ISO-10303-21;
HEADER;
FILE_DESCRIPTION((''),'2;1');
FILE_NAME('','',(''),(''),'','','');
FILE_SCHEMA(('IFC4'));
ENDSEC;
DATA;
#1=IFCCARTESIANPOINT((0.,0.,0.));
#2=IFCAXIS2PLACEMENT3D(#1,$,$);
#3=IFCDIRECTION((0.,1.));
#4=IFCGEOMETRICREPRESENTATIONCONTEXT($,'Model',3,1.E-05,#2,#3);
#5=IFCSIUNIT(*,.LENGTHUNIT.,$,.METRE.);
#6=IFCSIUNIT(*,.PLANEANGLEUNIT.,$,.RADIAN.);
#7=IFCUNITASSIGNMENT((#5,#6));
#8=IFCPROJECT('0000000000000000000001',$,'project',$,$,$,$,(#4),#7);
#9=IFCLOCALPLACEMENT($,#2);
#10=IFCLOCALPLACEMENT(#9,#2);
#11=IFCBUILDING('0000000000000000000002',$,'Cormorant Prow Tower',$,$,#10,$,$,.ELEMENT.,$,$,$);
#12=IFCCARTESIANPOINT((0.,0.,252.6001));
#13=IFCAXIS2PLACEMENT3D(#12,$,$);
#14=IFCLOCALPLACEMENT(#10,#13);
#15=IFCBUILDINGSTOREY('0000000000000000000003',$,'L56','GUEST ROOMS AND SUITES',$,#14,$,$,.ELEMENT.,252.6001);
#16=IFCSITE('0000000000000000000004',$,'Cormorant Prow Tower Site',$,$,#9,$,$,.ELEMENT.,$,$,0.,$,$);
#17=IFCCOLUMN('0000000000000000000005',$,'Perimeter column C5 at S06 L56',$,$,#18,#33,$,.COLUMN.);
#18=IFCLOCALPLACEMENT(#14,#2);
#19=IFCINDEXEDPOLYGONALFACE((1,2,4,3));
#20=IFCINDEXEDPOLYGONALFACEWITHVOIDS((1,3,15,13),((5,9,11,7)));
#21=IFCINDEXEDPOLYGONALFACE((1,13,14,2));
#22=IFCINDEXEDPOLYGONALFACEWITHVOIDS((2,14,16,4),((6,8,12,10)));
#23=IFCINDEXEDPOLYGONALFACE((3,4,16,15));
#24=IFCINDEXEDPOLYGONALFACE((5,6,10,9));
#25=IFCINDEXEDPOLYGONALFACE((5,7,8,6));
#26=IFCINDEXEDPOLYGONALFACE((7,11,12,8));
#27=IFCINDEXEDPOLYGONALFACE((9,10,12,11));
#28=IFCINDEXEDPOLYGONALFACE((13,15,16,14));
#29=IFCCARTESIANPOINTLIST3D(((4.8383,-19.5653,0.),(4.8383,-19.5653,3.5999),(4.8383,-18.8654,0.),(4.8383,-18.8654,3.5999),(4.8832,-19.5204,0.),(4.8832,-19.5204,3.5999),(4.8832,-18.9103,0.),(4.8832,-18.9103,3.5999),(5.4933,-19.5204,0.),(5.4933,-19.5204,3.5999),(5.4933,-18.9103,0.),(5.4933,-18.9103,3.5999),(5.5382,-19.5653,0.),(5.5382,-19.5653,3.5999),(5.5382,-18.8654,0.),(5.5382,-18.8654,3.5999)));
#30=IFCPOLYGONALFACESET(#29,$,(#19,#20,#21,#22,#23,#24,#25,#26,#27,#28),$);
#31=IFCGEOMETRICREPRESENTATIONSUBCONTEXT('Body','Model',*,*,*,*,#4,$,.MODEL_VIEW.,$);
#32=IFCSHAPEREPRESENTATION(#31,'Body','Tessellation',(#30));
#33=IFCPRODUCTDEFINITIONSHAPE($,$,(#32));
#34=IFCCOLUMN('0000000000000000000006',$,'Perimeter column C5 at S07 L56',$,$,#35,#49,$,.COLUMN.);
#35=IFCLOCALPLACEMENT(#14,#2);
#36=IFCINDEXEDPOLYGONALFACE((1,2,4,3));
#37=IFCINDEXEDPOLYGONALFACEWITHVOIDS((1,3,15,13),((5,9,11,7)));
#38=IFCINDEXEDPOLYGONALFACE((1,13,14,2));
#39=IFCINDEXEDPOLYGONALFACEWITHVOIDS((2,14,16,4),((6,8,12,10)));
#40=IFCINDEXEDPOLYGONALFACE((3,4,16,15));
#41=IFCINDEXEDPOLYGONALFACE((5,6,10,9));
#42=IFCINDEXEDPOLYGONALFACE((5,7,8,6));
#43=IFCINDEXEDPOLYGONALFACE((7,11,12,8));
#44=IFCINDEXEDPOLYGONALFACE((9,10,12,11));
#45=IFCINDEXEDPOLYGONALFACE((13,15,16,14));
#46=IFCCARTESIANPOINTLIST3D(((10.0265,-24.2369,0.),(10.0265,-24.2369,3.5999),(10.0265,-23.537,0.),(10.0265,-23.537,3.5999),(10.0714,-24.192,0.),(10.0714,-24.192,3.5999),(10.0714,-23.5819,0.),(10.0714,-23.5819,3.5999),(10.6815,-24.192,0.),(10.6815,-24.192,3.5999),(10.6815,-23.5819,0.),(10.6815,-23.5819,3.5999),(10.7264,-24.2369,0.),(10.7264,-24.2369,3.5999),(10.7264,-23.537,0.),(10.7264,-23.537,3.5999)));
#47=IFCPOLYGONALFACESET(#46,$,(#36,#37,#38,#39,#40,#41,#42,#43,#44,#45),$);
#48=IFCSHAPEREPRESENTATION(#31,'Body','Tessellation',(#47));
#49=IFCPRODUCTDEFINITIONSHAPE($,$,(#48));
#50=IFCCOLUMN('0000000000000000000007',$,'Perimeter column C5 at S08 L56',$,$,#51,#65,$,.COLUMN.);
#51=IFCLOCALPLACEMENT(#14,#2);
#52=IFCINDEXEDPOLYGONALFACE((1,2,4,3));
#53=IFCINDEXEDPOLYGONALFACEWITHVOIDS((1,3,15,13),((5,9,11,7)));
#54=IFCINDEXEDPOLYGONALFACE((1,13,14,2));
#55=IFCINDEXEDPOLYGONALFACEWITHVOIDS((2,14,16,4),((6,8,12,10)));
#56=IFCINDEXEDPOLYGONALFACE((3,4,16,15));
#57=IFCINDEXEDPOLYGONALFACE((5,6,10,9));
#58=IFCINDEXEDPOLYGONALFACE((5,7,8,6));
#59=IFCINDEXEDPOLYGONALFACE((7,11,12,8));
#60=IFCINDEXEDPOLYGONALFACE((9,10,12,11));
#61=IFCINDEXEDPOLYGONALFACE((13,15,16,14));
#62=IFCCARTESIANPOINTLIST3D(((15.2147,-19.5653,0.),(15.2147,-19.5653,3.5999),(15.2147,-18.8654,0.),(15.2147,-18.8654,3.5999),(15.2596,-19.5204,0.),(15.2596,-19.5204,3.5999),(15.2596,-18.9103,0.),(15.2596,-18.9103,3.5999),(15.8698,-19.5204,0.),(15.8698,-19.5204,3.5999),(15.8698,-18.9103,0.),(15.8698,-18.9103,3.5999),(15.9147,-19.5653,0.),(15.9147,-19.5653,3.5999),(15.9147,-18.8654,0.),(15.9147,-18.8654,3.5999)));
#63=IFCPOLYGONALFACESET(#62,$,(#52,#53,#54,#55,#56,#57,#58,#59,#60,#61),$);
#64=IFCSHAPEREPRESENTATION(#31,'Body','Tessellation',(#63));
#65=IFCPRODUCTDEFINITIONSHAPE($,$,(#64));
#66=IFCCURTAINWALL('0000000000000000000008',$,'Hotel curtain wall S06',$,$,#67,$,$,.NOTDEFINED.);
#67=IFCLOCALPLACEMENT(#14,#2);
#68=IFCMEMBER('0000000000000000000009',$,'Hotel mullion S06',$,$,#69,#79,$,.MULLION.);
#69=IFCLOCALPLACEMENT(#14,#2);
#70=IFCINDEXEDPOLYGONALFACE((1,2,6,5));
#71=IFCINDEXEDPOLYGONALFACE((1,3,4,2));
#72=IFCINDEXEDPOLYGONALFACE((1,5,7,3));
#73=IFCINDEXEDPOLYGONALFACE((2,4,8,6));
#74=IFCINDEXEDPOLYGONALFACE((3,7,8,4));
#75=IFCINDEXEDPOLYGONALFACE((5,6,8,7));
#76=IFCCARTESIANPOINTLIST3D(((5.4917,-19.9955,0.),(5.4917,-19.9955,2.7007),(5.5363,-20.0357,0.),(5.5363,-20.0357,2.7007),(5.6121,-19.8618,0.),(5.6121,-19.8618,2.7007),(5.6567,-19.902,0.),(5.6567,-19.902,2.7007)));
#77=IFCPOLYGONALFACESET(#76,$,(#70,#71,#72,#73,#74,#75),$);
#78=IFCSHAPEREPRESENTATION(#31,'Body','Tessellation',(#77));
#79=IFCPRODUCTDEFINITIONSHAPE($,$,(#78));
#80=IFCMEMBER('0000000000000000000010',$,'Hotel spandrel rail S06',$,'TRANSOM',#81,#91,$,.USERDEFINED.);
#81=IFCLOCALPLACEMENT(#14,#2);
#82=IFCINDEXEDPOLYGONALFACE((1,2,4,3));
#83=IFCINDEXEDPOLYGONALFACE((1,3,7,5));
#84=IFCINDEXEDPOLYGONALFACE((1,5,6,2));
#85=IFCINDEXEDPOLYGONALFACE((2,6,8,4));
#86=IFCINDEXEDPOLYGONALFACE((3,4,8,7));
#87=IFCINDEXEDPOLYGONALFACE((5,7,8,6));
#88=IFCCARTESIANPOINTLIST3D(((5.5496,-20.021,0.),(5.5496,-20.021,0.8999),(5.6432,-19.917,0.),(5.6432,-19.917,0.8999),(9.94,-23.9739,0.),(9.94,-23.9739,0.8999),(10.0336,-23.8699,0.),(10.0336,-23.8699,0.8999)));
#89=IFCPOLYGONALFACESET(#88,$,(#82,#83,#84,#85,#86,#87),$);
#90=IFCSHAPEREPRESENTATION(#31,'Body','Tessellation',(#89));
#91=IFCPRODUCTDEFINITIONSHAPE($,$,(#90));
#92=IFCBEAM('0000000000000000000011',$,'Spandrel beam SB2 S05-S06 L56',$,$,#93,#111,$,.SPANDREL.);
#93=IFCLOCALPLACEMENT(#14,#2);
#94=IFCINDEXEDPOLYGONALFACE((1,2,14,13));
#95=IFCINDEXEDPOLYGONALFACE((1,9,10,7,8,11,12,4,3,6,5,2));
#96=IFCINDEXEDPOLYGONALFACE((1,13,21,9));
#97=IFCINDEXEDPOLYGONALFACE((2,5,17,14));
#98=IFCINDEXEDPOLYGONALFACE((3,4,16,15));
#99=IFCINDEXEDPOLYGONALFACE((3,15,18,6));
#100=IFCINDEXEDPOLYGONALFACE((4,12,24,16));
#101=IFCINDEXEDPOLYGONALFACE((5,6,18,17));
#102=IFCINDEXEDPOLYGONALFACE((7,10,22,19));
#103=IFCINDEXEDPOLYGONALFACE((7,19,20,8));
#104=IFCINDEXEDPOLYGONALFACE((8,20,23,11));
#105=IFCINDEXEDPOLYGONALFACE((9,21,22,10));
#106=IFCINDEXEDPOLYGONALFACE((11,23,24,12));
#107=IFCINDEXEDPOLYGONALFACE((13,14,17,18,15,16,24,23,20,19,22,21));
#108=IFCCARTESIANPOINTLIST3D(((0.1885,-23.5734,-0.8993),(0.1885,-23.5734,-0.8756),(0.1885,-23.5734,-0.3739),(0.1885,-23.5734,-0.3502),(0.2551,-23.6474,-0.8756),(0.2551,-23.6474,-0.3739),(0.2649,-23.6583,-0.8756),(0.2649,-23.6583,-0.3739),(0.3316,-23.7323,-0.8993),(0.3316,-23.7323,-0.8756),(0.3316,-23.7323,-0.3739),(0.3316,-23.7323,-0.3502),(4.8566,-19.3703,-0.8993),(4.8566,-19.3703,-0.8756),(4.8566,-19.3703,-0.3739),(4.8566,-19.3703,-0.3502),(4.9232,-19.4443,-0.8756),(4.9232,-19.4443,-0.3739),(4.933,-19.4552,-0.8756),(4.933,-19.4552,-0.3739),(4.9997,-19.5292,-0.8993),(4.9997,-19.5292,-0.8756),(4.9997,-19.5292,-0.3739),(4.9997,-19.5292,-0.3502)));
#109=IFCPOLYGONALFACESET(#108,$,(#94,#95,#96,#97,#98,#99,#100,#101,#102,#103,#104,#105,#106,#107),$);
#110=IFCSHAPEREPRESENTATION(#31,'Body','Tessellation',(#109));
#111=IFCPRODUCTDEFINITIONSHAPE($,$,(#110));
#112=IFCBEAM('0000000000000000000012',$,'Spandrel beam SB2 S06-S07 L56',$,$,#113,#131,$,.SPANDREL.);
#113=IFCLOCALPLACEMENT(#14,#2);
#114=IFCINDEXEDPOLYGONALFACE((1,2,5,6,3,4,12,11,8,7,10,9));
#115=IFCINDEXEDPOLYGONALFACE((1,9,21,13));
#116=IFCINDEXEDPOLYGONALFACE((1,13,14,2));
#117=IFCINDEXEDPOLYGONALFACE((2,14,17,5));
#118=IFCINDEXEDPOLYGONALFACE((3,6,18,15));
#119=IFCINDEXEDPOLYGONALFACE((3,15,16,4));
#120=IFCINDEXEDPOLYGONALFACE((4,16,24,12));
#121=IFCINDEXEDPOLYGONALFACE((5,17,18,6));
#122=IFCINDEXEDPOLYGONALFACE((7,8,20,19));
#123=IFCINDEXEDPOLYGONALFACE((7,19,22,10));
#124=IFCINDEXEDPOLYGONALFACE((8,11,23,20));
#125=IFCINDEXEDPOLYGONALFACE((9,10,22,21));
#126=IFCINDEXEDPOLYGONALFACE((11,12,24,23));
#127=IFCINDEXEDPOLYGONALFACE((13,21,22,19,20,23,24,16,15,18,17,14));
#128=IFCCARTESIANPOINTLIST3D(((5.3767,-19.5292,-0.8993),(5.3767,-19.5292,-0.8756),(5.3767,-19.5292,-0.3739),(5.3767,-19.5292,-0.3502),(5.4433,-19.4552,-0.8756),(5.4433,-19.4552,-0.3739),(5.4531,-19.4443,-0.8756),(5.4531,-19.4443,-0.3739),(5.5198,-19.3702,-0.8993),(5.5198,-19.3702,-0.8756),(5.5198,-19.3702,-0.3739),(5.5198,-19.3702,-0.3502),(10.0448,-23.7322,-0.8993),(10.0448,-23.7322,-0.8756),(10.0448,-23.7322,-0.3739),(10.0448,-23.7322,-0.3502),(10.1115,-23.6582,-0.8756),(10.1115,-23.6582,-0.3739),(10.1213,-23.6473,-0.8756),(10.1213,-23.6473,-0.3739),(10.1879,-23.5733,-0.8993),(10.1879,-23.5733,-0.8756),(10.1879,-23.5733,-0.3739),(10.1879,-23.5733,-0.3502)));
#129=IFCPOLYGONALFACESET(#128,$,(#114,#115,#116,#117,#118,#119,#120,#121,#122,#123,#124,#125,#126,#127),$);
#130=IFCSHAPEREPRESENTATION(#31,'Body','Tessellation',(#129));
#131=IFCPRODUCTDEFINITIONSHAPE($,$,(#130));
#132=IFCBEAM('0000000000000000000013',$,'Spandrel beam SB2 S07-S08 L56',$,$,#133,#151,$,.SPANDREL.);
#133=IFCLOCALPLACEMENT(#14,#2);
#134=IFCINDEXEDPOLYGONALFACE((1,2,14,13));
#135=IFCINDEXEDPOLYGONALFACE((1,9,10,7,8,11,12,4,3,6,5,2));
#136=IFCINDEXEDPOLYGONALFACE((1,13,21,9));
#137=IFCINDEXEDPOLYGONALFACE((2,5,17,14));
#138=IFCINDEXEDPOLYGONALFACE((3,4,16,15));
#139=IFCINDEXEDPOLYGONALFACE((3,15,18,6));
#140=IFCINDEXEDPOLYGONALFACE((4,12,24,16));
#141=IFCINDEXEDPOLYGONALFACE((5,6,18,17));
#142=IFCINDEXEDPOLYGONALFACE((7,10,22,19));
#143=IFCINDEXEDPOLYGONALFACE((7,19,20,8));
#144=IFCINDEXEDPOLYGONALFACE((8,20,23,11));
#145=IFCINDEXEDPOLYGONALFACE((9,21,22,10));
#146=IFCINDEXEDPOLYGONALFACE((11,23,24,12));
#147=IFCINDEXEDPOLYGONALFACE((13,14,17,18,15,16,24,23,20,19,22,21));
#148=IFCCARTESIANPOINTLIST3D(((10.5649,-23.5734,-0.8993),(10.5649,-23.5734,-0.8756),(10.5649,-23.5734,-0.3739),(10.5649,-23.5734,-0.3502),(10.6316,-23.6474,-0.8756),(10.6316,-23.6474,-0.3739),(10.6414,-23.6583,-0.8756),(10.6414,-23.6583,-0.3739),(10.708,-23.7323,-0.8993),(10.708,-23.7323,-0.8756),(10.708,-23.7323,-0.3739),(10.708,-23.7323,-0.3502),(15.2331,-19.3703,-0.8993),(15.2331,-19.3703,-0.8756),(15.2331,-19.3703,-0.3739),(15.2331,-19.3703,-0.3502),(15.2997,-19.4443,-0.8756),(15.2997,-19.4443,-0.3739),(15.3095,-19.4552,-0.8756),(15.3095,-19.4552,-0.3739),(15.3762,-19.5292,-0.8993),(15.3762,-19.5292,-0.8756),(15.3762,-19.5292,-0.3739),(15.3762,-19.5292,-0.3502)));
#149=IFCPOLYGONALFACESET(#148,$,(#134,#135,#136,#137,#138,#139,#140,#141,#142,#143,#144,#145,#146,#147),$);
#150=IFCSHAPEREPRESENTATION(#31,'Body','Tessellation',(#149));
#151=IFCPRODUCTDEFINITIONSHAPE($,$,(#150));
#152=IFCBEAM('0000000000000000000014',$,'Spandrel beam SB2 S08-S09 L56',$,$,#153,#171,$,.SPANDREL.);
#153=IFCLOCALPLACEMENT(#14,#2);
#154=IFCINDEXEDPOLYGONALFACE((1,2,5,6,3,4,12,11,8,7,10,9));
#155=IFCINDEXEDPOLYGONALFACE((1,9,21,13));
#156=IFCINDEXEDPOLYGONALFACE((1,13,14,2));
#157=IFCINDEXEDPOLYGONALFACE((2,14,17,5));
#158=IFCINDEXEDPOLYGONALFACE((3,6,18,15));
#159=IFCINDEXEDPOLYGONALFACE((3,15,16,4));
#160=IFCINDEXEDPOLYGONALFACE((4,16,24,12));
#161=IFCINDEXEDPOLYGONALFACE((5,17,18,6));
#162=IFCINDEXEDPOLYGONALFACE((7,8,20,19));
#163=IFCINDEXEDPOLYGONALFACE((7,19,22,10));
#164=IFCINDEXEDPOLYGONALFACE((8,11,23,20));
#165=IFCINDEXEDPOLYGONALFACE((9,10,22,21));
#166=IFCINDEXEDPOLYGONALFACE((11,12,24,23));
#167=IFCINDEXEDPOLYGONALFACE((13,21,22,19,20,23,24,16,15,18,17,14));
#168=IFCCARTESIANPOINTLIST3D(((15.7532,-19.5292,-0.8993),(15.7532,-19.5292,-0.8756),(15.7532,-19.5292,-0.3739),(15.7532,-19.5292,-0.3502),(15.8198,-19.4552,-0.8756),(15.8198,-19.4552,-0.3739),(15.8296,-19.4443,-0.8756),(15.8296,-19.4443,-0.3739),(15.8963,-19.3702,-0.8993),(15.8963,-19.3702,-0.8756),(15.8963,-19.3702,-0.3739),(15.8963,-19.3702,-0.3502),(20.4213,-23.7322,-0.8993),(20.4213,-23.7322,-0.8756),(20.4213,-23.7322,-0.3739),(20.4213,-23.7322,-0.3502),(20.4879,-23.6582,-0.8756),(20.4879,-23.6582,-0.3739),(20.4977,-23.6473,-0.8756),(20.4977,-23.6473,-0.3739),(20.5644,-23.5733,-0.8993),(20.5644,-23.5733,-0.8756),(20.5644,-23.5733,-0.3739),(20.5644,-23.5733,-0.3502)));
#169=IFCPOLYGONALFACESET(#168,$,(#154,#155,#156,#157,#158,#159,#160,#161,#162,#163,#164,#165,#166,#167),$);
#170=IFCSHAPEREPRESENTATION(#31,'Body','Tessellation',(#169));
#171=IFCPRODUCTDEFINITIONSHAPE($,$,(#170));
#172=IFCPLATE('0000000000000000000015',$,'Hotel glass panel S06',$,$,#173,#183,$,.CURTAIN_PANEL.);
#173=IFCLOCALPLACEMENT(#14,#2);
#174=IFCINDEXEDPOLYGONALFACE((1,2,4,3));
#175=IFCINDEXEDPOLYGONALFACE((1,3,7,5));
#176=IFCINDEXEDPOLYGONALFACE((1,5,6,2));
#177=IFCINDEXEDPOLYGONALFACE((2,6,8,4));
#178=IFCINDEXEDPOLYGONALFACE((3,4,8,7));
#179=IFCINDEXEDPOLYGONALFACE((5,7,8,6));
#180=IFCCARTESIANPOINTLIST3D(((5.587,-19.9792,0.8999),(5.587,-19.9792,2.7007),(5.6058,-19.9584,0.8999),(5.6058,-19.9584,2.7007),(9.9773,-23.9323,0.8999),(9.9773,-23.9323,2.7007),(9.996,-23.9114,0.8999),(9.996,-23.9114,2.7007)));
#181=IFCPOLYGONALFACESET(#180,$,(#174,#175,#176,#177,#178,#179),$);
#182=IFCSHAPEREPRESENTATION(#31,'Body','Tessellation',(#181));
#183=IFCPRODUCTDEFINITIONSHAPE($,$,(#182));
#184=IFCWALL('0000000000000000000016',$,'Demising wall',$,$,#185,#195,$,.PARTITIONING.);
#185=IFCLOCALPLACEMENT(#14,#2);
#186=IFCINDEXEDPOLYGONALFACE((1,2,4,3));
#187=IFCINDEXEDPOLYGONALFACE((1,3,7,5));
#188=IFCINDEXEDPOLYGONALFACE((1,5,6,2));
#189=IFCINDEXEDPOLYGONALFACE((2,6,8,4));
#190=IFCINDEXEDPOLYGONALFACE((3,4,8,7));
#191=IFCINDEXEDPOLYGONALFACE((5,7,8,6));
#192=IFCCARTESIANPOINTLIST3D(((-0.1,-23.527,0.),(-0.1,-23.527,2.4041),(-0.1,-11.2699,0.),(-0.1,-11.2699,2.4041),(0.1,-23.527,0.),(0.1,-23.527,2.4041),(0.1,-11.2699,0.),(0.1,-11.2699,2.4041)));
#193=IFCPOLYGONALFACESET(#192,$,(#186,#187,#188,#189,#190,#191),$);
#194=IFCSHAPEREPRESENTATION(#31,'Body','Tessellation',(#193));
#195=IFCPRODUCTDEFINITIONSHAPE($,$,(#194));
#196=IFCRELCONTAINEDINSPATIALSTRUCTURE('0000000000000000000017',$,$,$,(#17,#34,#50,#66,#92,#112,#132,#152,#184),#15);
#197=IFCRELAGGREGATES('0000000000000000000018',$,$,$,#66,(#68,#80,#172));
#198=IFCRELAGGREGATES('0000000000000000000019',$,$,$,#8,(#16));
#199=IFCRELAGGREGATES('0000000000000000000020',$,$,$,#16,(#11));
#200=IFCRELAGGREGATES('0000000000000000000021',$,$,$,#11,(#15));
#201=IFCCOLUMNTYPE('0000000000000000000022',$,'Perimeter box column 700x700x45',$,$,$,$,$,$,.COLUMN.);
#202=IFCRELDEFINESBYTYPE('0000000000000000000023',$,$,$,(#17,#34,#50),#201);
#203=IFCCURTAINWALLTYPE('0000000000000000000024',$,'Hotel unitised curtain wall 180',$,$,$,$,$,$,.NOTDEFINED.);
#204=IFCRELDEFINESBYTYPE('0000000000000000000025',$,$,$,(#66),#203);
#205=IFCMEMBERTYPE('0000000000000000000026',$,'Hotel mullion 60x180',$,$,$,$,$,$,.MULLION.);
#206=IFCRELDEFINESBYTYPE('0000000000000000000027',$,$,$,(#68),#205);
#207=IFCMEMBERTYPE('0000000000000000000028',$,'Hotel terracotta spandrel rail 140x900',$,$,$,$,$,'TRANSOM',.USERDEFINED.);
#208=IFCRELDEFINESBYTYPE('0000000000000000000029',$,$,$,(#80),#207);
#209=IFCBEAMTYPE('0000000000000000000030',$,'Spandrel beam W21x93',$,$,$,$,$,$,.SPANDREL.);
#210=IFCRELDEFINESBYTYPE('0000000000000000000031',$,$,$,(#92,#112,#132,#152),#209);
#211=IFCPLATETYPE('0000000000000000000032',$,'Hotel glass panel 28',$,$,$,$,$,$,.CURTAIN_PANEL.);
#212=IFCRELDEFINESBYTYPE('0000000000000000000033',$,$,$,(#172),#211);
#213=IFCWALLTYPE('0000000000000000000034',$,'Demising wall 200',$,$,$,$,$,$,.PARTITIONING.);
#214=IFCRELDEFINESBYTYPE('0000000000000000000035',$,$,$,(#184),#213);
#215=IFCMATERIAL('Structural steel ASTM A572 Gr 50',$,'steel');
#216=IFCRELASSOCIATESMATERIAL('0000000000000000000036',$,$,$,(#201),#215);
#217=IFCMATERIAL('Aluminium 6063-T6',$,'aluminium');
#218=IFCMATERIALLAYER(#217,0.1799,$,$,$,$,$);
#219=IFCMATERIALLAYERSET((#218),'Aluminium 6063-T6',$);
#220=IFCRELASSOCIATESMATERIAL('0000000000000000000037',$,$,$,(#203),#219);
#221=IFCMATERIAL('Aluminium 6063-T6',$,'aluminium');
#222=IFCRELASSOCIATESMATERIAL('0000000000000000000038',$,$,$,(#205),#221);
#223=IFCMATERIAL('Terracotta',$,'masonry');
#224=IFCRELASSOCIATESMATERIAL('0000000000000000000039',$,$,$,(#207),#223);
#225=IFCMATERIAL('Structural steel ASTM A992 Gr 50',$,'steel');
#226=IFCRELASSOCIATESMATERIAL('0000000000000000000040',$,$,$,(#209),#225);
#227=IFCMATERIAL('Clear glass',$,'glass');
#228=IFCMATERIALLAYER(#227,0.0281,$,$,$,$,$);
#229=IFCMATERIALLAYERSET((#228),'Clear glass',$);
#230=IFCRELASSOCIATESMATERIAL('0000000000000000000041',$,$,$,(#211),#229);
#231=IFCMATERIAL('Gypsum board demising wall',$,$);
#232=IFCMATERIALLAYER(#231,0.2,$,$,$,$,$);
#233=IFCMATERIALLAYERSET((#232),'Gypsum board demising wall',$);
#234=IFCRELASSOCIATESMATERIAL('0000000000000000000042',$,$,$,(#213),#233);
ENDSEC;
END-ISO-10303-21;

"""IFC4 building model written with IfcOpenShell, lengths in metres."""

from ifc_helpers import new_model, si_unit, direction, frame, frame_2d, origin, origin_2d, place, context, subcontext, project, spatial, rectangle, hollow_rectangle, i_section, extrude, material, layer, layer_set, material_profile, profile_set, type_object, element, aggregate, save


model = new_model("IFC4")

# Units and contexts
model_context = context("Model", 3, precision=1e-05, world=origin(), true_north=direction((0.0, 1.0)))
body_context = subcontext(model_context, "Body", "Model", "MODEL_VIEW")
ifc_project = project(units=[si_unit("LENGTHUNIT", "METRE"), si_unit("PLANEANGLEUNIT", "RADIAN")], contexts=[model_context])

# Site, building, storey
site_placement = place(None, origin())
site = spatial("IfcSite", under=ifc_project, at=site_placement, Name="Cormorant Prow Tower Site", CompositionType="ELEMENT", RefElevation=0.0)
building_placement = place(site_placement, origin())
building = spatial("IfcBuilding", under=site, at=building_placement, Name="Cormorant Prow Tower", CompositionType="ELEMENT")
storey_placement = place(building_placement, frame((0.0, 0.0, 252.6001)))
storey = spatial("IfcBuildingStorey", under=building, at=storey_placement, Name="L56", Description="GUEST ROOMS AND SUITES", CompositionType="ELEMENT", Elevation=252.6001)

# Columns
ifc_material_1 = material(Name="Structural steel ASTM A572 Gr 50", Category="steel")
ifc_material_profile_1 = material_profile(ifc_material_1, hollow_rectangle(XDim=0.7, YDim=0.7, WallThickness=0.0449, at=origin_2d()), Name="Box 700x700x45")
ifc_profile_set_1 = profile_set([ifc_material_profile_1], Name="Structural steel ASTM A572 Gr 50")
column_type = type_object("IfcColumnType", Name="Perimeter box column 700x700x45", PredefinedType="COLUMN", material=ifc_profile_set_1)
for number, where, z_axis, x_axis, name in (
    (1, (5.1882, -19.2153, 0.0), (0.0, 0.0, 1.0), (1.0, 0.0, 0.0), "Perimeter column C5 at S06 L56"),
    (2, (10.3765, -23.887, 0.0), (0.0, 0.0, 1.0), (1.0, 0.0, 0.0), "Perimeter column C5 at S07 L56"),
    (3, (15.5647, -19.2153, 0.0), (0.0, 0.0, 1.0), (1.0, 0.0, 0.0), "Perimeter column C5 at S08 L56"),
):
    element("IfcColumn", number, at=place(storey_placement, frame(where, z_axis=z_axis, x_axis=x_axis)), inside=storey, type_object=column_type, Name=name, PredefinedType="COLUMN", context=body_context, shape_type="SweptSolid", body=[
        extrude(hollow_rectangle(XDim=0.7, YDim=0.7, WallThickness=0.0449, at=origin_2d()), origin(), (0.0, 0.0, 1.0), 3.5999),
    ])

# Curtain wall, members
ifc_material_2 = material(Name="Aluminium 6063-T6", Category="aluminium")
ifc_layer_1 = layer(ifc_material_2, 0.1799)
ifc_layer_set_1 = layer_set([ifc_layer_1], Name="Aluminium 6063-T6")
curtain_wall_type = type_object("IfcCurtainWallType", Name="Hotel unitised curtain wall 180", PredefinedType="NOTDEFINED", material=ifc_layer_set_1)
curtain_wall_placement = place(storey_placement, origin())
curtain_wall = element("IfcCurtainWall", 4, at=curtain_wall_placement, inside=storey, type_object=curtain_wall_type, Name="Hotel curtain wall S06", PredefinedType="NOTDEFINED")
ifc_material_3 = material(Name="Aluminium 6063-T6", Category="aluminium")
ifc_material_profile_2 = material_profile(ifc_material_3, rectangle(XDim=0.1799, YDim=0.0601, at=origin_2d()), Name="Hotel mullion 60x180")
ifc_profile_set_2 = profile_set([ifc_material_profile_2], Name="Aluminium 6063-T6")
member_type_1 = type_object("IfcMemberType", Name="Hotel mullion 60x180", PredefinedType="MULLION", material=ifc_profile_set_2)
member_1_placement = place(storey_placement, frame((5.5742, -19.9487, 0.0), z_axis=(0.0, 0.0, 1.0), x_axis=(0.669131, 0.743145, 0.0)))
member_1 = element("IfcMember", 5, at=member_1_placement, type_object=member_type_1, Name="Hotel mullion S06", PredefinedType="MULLION", context=body_context, shape_type="SweptSolid", body=[
    extrude(rectangle(XDim=0.1799, YDim=0.0601, at=origin_2d()), origin(), (0.0, 0.0, 1.0), 2.7007),
])
ifc_material_4 = material(Name="Terracotta", Category="masonry")
ifc_material_profile_3 = material_profile(ifc_material_4, rectangle(XDim=0.1399, YDim=0.8999, at=origin_2d()), Name="Hotel terracotta spandrel rail 140x900")
ifc_profile_set_3 = profile_set([ifc_material_profile_3], Name="Terracotta")
member_type_2 = type_object("IfcMemberType", Name="Hotel terracotta spandrel rail 140x900", ElementType="TRANSOM", PredefinedType="USERDEFINED", material=ifc_profile_set_3)
member_2_placement = place(storey_placement, frame((5.5964, -19.969, 0.45), z_axis=(0.743165, -0.669109, 0.0), x_axis=(0.669109, 0.743165, 0.0)))
member_2 = element("IfcMember", 6, at=member_2_placement, type_object=member_type_2, Name="Hotel spandrel rail S06", ObjectType="TRANSOM", PredefinedType="USERDEFINED", context=body_context, shape_type="SweptSolid", body=[
    extrude(rectangle(XDim=0.1399, YDim=0.8999, at=origin_2d()), origin(), (0.0, 0.0, 1.0), 5.9077),
])

# Beams
ifc_material_5 = material(Name="Structural steel ASTM A992 Gr 50", Category="steel")
ifc_material_profile_4 = material_profile(ifc_material_5, i_section(OverallWidth=0.2139, OverallDepth=0.5491, WebThickness=0.0146, FlangeThickness=0.0237, at=origin_2d()), Name="W21x93")
ifc_profile_set_4 = profile_set([ifc_material_profile_4], Name="Structural steel ASTM A992 Gr 50")
beam_type = type_object("IfcBeamType", Name="Spandrel beam W21x93", PredefinedType="SPANDREL", material=ifc_profile_set_4)
for number, where, z_axis, x_axis, name in (
    (7, (0.26, -23.6528, -0.6248), (0.743157, 0.669117, 0.0), (-0.669117, 0.743157, 0.0), "Spandrel beam SB2 S05-S06 L56"),
    (8, (5.4482, -19.4497, -0.6248), (0.743157, -0.669117, 0.0), (0.669117, 0.743157, 0.0), "Spandrel beam SB2 S06-S07 L56"),
    (9, (10.6365, -23.6528, -0.6248), (0.743157, 0.669117, 0.0), (-0.669117, 0.743157, 0.0), "Spandrel beam SB2 S07-S08 L56"),
    (10, (15.8247, -19.4497, -0.6248), (0.743157, -0.669117, 0.0), (0.669117, 0.743157, 0.0), "Spandrel beam SB2 S08-S09 L56"),
):
    element("IfcBeam", number, at=place(storey_placement, frame(where, z_axis=z_axis, x_axis=x_axis)), inside=storey, type_object=beam_type, Name=name, PredefinedType="SPANDREL", context=body_context, shape_type="SweptSolid", body=[
        extrude(i_section(OverallWidth=0.2139, OverallDepth=0.5491, WebThickness=0.0146, FlangeThickness=0.0237, at=origin_2d()), origin(), (0.0, 0.0, 1.0), 6.2815),
    ])

# Plate
ifc_material_6 = material(Name="Clear glass", Category="glass")
ifc_layer_2 = layer(ifc_material_6, 0.0281)
ifc_layer_set_2 = layer_set([ifc_layer_2], Name="Clear glass")
plate_type = type_object("IfcPlateType", Name="Hotel glass panel 28", PredefinedType="CURTAIN_PANEL", material=ifc_layer_set_2)
plate_placement = place(storey_placement, frame((7.7915, -21.9453, 0.8999), z_axis=(0.0, 0.0, 1.0), x_axis=(0.743145, -0.669131, 0.0)))
plate = element("IfcPlate", 11, at=plate_placement, type_object=plate_type, Name="Hotel glass panel S06", PredefinedType="CURTAIN_PANEL", context=body_context, shape_type="SweptSolid", body=[
    extrude(rectangle(XDim=5.9077, YDim=0.0281, at=origin_2d()), origin(), (0.0, 0.0, 1.0), 1.8008),
])
aggregate(curtain_wall, [member_1, member_2, plate])

# Wall
ifc_material_7 = material(Name="Gypsum board demising wall")
ifc_layer_3 = layer(ifc_material_7, 0.2)
ifc_layer_set_3 = layer_set([ifc_layer_3], Name="Gypsum board demising wall")
wall_type_1 = type_object("IfcWallType", Name="Demising wall 200", PredefinedType="PARTITIONING", material=ifc_layer_set_3)
wall_1_placement = place(storey_placement, frame((0.0, -23.5269, 0.0), z_axis=(0.0, 0.0, 1.0), x_axis=(0.0, 1.0, 0.0)))
element("IfcWall", 12, at=wall_1_placement, inside=storey, type_object=wall_type_1, Name="Demising wall", PredefinedType="PARTITIONING", context=body_context, shape_type="SweptSolid", body=[
    extrude(rectangle(XDim=12.2571, YDim=0.2, at=frame_2d((6.1284, 0.0))), origin(), (0.0, 0.0, 1.0), 2.4041),
])

save(model, "model.ifc")
